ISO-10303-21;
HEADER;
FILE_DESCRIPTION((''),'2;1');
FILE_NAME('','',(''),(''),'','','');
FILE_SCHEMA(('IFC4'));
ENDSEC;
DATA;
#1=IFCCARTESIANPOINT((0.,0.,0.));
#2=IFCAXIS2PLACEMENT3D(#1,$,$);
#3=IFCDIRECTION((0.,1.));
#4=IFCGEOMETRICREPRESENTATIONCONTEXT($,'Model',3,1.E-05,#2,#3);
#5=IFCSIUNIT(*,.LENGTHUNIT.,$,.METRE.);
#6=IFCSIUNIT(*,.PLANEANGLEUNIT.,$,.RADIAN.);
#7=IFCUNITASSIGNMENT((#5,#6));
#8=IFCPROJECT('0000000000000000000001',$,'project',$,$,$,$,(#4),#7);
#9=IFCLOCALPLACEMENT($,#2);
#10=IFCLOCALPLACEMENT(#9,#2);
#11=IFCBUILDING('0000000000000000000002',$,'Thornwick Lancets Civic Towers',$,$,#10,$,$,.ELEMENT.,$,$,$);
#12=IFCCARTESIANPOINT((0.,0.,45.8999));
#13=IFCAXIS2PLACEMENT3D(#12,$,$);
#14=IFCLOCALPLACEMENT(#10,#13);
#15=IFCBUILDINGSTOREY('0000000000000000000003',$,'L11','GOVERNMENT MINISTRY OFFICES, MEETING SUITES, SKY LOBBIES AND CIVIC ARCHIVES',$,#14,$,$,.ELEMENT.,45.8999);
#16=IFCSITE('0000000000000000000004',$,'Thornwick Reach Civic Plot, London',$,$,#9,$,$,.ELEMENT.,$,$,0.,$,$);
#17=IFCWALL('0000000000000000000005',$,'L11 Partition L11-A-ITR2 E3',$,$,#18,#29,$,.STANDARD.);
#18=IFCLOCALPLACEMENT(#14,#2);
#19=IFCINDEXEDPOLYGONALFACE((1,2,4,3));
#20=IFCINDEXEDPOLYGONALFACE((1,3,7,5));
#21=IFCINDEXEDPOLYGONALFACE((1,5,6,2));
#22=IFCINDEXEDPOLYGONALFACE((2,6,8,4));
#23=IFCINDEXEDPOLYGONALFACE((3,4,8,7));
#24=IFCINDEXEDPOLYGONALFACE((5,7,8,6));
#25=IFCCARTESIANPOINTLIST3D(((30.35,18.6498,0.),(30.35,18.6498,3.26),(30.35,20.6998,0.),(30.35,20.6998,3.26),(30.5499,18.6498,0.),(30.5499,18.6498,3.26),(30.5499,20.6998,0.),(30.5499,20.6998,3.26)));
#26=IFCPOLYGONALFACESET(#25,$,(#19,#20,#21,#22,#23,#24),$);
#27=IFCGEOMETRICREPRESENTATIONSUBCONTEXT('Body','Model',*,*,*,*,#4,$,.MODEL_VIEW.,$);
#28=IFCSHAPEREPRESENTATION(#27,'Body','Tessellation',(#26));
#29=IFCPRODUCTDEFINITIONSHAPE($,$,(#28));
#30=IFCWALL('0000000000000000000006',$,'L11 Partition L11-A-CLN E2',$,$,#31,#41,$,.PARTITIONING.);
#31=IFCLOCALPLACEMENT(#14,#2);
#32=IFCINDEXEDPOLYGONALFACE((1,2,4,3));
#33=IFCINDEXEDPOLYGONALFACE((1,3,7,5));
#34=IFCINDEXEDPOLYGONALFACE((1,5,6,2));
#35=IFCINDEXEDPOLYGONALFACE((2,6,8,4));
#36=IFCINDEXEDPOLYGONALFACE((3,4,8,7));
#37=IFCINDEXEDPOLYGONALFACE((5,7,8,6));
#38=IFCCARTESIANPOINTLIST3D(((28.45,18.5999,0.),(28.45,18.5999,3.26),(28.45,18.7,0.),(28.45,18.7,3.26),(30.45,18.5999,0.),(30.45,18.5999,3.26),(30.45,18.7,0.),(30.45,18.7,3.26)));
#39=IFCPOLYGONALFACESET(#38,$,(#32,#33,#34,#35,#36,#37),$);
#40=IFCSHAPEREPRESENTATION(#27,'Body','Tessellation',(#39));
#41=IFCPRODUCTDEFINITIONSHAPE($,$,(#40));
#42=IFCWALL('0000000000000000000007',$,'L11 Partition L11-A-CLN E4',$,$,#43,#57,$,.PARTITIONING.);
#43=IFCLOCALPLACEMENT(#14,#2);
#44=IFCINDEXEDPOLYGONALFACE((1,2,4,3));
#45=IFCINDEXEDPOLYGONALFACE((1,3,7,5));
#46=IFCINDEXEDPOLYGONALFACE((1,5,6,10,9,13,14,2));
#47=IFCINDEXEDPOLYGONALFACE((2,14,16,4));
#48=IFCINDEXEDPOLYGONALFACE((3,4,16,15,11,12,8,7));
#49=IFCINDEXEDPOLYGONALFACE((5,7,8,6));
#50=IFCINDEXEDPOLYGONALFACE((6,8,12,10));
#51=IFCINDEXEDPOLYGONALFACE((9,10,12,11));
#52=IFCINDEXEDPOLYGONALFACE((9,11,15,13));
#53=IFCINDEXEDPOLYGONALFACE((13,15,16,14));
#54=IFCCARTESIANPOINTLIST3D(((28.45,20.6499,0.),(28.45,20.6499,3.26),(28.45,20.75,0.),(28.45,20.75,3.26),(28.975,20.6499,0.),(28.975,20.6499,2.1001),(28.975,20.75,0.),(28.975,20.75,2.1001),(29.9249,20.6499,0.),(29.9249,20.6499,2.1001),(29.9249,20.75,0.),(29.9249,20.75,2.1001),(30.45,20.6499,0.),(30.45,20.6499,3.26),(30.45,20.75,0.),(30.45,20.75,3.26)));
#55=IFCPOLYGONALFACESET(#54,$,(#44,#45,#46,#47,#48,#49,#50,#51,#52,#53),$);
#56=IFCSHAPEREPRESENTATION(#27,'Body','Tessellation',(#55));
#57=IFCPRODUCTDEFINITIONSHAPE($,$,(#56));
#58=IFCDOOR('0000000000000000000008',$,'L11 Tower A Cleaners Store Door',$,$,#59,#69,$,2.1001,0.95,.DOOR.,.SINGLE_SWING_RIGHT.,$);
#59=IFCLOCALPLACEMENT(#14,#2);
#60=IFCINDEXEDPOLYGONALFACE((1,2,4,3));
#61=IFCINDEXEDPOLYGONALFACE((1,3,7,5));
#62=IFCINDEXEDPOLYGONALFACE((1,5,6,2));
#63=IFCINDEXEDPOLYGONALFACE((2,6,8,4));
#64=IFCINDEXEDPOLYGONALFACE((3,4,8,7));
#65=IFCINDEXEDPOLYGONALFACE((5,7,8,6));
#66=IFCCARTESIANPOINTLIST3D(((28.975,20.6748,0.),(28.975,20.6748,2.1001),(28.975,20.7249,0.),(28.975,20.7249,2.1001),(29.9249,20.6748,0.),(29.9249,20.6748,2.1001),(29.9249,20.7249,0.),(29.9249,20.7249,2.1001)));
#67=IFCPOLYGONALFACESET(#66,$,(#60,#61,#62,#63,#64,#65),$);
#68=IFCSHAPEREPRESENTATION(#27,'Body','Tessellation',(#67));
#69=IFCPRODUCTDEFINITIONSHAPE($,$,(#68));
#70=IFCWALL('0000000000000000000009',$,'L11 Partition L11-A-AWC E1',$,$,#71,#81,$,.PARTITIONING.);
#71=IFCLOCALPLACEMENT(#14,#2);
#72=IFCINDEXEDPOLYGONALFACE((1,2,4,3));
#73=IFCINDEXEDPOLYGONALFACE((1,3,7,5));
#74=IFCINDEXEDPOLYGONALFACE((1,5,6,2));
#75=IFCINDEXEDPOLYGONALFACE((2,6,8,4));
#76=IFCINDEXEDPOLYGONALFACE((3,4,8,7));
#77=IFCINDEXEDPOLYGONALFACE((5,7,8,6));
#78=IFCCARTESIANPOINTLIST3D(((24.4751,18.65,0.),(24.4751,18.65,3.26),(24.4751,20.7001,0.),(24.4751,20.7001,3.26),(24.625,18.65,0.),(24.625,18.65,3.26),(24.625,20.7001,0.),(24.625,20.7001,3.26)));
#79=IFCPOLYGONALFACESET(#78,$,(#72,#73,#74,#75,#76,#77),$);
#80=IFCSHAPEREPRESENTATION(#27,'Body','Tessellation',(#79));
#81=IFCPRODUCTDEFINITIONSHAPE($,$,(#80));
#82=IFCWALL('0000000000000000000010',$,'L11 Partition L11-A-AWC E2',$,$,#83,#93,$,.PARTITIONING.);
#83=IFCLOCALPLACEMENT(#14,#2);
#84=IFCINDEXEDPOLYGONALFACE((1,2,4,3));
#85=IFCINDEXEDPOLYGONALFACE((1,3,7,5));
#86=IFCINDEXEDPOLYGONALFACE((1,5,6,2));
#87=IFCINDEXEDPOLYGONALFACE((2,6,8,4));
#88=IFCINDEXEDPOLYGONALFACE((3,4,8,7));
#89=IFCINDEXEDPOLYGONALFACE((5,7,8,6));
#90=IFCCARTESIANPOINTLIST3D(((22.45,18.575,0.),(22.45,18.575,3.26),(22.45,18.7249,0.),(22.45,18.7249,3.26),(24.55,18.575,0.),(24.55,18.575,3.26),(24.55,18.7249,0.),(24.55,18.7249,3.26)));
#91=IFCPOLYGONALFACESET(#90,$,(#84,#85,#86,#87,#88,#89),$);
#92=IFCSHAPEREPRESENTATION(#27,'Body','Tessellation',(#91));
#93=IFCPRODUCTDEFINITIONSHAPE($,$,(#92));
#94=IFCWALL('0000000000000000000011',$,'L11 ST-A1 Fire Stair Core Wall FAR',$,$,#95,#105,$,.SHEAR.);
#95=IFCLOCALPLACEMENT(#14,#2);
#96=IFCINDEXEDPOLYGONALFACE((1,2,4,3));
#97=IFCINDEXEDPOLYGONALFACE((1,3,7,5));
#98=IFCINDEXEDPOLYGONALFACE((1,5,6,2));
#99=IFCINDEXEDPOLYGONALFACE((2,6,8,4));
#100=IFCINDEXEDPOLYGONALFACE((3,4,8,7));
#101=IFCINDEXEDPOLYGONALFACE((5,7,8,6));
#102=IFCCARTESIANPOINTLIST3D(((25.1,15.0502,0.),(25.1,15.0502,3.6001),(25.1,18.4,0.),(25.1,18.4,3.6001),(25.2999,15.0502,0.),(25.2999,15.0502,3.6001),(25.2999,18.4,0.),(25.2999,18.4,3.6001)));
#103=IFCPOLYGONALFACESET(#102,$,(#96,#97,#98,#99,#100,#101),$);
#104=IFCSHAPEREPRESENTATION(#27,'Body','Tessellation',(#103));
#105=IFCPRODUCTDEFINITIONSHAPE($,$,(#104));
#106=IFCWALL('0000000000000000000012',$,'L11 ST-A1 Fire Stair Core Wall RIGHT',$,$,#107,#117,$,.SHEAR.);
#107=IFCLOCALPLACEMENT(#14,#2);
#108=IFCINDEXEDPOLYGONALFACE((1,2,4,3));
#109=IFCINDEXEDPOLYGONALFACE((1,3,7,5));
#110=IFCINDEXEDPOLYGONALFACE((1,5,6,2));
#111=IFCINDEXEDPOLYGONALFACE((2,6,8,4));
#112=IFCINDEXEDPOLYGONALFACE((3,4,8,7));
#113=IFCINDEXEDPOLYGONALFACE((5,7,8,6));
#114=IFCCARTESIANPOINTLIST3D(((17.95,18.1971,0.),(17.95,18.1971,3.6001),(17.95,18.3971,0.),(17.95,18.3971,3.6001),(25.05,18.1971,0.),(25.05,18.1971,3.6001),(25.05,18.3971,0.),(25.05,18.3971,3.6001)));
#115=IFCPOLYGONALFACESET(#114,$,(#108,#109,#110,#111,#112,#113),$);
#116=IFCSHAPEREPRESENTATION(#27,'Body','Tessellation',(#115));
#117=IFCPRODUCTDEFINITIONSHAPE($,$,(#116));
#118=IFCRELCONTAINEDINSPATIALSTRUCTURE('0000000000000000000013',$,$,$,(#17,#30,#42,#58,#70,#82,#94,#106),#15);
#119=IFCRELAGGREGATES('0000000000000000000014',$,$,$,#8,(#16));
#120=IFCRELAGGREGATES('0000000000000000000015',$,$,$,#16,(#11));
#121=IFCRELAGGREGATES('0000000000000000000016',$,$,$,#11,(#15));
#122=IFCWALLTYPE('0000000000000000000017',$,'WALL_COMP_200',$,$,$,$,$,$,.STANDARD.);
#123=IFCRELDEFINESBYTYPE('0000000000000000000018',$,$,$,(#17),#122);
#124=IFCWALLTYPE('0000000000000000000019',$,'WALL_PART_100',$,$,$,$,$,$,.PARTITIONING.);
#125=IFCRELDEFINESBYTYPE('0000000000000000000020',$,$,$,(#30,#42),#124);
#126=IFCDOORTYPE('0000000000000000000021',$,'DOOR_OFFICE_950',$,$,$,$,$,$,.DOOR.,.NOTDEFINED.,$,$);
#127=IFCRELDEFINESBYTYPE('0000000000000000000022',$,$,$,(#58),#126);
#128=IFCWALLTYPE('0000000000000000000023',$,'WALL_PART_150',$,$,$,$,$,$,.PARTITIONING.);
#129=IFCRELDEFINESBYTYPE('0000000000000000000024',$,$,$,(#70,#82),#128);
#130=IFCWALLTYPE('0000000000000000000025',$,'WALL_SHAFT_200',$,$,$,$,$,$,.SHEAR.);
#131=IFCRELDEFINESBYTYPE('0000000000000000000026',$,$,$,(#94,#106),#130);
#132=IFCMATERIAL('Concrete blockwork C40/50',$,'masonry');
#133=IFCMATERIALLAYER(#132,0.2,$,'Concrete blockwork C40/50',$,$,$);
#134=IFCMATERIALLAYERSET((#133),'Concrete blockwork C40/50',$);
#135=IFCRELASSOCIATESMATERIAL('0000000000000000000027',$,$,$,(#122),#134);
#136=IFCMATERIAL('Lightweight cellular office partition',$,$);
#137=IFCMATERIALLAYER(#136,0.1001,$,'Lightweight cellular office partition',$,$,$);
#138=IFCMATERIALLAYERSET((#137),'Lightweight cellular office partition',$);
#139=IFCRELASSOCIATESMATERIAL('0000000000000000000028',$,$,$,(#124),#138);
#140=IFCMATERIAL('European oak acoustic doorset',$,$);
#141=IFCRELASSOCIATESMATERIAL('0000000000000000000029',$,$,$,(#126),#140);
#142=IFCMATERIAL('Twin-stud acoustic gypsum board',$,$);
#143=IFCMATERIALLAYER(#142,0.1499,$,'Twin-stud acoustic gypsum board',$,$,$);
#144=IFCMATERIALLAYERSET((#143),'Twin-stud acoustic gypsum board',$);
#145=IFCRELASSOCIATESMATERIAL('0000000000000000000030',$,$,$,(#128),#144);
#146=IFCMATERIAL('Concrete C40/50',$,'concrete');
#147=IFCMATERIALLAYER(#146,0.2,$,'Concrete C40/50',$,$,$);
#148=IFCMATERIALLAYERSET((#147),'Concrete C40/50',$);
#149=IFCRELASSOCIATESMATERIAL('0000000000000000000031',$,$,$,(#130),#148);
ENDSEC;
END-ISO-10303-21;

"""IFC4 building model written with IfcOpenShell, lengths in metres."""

from ifc_helpers import new_model, si_unit, direction, frame, frame_2d, origin, place, context, subcontext, project, spatial, rectangle, extrude, material, layer, layer_set, type_object, element, fill, save


model = new_model("IFC4")

# Units and contexts
model_context = context("Model", 3, precision=1e-05, world=origin(), true_north=direction((0.0, 1.0)))
body_context = subcontext(model_context, "Body", "Model", "MODEL_VIEW")
ifc_project = project(units=[si_unit("LENGTHUNIT", "METRE"), si_unit("PLANEANGLEUNIT", "RADIAN")], contexts=[model_context])

# Site, building, storey
site_placement = place(None, origin())
site = spatial("IfcSite", under=ifc_project, at=site_placement, Name="Thornwick Reach Civic Plot, London", CompositionType="ELEMENT", RefElevation=0.0)
building_placement = place(site_placement, origin())
building = spatial("IfcBuilding", under=site, at=building_placement, Name="Thornwick Lancets Civic Towers", CompositionType="ELEMENT")
storey_placement = place(building_placement, frame((0.0, 0.0, 45.8999)))
storey = spatial("IfcBuildingStorey", under=building, at=storey_placement, Name="L11", Description="GOVERNMENT MINISTRY OFFICES, MEETING SUITES, SKY LOBBIES AND CIVIC ARCHIVES", CompositionType="ELEMENT", Elevation=45.8999)

# Shared definitions
ifc_material_1 = material(Name="Concrete blockwork C40/50", Category="masonry")
ifc_layer_1 = layer(ifc_material_1, 0.2, Name="Concrete blockwork C40/50")
ifc_layer_set_1 = layer_set([ifc_layer_1], Name="Concrete blockwork C40/50")
wall_type_1 = type_object("IfcWallType", Name="WALL_COMP_200", PredefinedType="STANDARD", material=ifc_layer_set_1)

# Walls
for number, where, z_axis, x_axis, name in (
    (1, (30.45, 18.6499, 0.0), (0.0, 0.0, 1.0), (0.0, 1.0, 0.0), "L11 Partition L11-A-ITR2 E3"),
):
    element("IfcWall", number, at=place(storey_placement, frame(where, z_axis=z_axis, x_axis=x_axis)), inside=storey, type_object=wall_type_1, Name=name, PredefinedType="STANDARD", context=body_context, shape_type="SweptSolid", body=[
        extrude(rectangle(XDim=2.05, YDim=0.2, at=frame_2d((1.0249, 0.0))), origin(), (0.0, 0.0, 1.0), 3.26),
    ])
ifc_material_2 = material(Name="Lightweight cellular office partition")
ifc_layer_2 = layer(ifc_material_2, 0.1001, Name="Lightweight cellular office partition")
ifc_layer_set_2 = layer_set([ifc_layer_2], Name="Lightweight cellular office partition")
wall_type_2 = type_object("IfcWallType", Name="WALL_PART_100", PredefinedType="PARTITIONING", material=ifc_layer_set_2)
wall_1_placement = place(storey_placement, frame((30.45, 18.6499, 0.0), z_axis=(0.0, 0.0, 1.0), x_axis=(-1.0, 0.0, 0.0)))
element("IfcWall", 2, at=wall_1_placement, inside=storey, type_object=wall_type_2, Name="L11 Partition L11-A-CLN E2", PredefinedType="PARTITIONING", context=body_context, shape_type="SweptSolid", body=[
    extrude(rectangle(XDim=2.0, YDim=0.1001, at=frame_2d((1.0, 0.0))), origin(), (0.0, 0.0, 1.0), 3.26),
])

# Wall, opening, door
wall_2_placement = place(storey_placement, frame((28.45, 20.7, 0.0), z_axis=(0.0, 0.0, 1.0), x_axis=(1.0, 0.0, 0.0)))
wall_2 = element("IfcWall", 3, at=wall_2_placement, inside=storey, type_object=wall_type_2, Name="L11 Partition L11-A-CLN E4", PredefinedType="PARTITIONING", context=body_context, shape_type="SweptSolid", body=[
    extrude(rectangle(XDim=2.0, YDim=0.1001, at=frame_2d((1.0, 0.0))), origin(), (0.0, 0.0, 1.0), 3.26),
])
opening_1_placement = place(wall_2_placement, frame((0.5249, 0.0, 0.0)))
opening_1 = element("IfcOpeningElement", 4, at=opening_1_placement, cuts=wall_2, PredefinedType="OPENING", context=body_context, shape_type="SweptSolid", body=[
    extrude(rectangle(XDim=0.95, YDim=2.1001, at=frame_2d((0.4751, 1.05))), frame((0.0, 0.0601, 0.0), z_axis=(0.0, -1.0, 0.0), x_axis=(1.0, 0.0, 0.0)), (0.0, 0.0, 1.0), 0.1201),
])
ifc_material_3 = material(Name="European oak acoustic doorset")
door_type_1 = type_object("IfcDoorType", Name="DOOR_OFFICE_950", OperationType="NOTDEFINED", PredefinedType="DOOR", material=ifc_material_3)
door_1_placement = place(opening_1_placement, origin())
door_1 = element("IfcDoor", 5, at=door_1_placement, inside=storey, type_object=door_type_1, Name="L11 Tower A Cleaners Store Door", OperationType="SINGLE_SWING_RIGHT", OverallHeight=2.1001, OverallWidth=0.95, PredefinedType="DOOR", context=body_context, shape_type="SweptSolid", body=[
    extrude(rectangle(XDim=0.95, YDim=2.1001, at=frame_2d((0.4751, 1.05))), frame((0.0, 0.0249, 0.0), z_axis=(0.0, -1.0, 0.0), x_axis=(1.0, 0.0, 0.0)), (0.0, 0.0, 1.0), 0.05),
])
fill(opening_1, door_1)

# Walls
ifc_material_4 = material(Name="Twin-stud acoustic gypsum board")
ifc_layer_3 = layer(ifc_material_4, 0.1499, Name="Twin-stud acoustic gypsum board")
ifc_layer_set_3 = layer_set([ifc_layer_3], Name="Twin-stud acoustic gypsum board")
wall_type_3 = type_object("IfcWallType", Name="WALL_PART_150", PredefinedType="PARTITIONING", material=ifc_layer_set_3)
wall_3_placement = place(storey_placement, frame((24.55, 20.7, 0.0), z_axis=(0.0, 0.0, 1.0), x_axis=(0.0, -1.0, 0.0)))
element("IfcWall", 6, at=wall_3_placement, inside=storey, type_object=wall_type_3, Name="L11 Partition L11-A-AWC E1", PredefinedType="PARTITIONING", context=body_context, shape_type="SweptSolid", body=[
    extrude(rectangle(XDim=2.05, YDim=0.1499, at=frame_2d((1.0249, 0.0))), origin(), (0.0, 0.0, 1.0), 3.26),
])
wall_4_placement = place(storey_placement, frame((24.55, 18.6499, 0.0), z_axis=(0.0, 0.0, 1.0), x_axis=(-1.0, 0.0, 0.0)))
element("IfcWall", 7, at=wall_4_placement, inside=storey, type_object=wall_type_3, Name="L11 Partition L11-A-AWC E2", PredefinedType="PARTITIONING", context=body_context, shape_type="SweptSolid", body=[
    extrude(rectangle(XDim=2.1001, YDim=0.1499, at=frame_2d((1.05, 0.0))), origin(), (0.0, 0.0, 1.0), 3.26),
])
ifc_material_5 = material(Name="Concrete C40/50", Category="concrete")
ifc_layer_4 = layer(ifc_material_5, 0.2, Name="Concrete C40/50")
ifc_layer_set_4 = layer_set([ifc_layer_4], Name="Concrete C40/50")
wall_type_4 = type_object("IfcWallType", Name="WALL_SHAFT_200", PredefinedType="SHEAR", material=ifc_layer_set_4)
wall_5_placement = place(storey_placement, frame((25.2, 18.3999, 0.0), z_axis=(0.0, 0.0, 1.0), x_axis=(0.0, -1.0, 0.0)))
element("IfcWall", 8, at=wall_5_placement, inside=storey, type_object=wall_type_4, Name="L11 ST-A1 Fire Stair Core Wall FAR", PredefinedType="SHEAR", context=body_context, shape_type="SweptSolid", body=[
    extrude(rectangle(XDim=3.3499, YDim=0.2, at=frame_2d((1.6748, 0.0))), origin(), (0.0, 0.0, 1.0), 3.6001),
])
wall_6_placement = place(storey_placement, frame((25.05, 18.2971, 0.0), z_axis=(0.0, 0.0, 1.0), x_axis=(-1.0, 0.0, 0.0)))
element("IfcWall", 9, at=wall_6_placement, inside=storey, type_object=wall_type_4, Name="L11 ST-A1 Fire Stair Core Wall RIGHT", PredefinedType="SHEAR", context=body_context, shape_type="SweptSolid", body=[
    extrude(rectangle(XDim=7.1001, YDim=0.2, at=frame_2d((3.55, 0.0))), origin(), (0.0, 0.0, 1.0), 3.6001),
])

save(model, "model.ifc")
